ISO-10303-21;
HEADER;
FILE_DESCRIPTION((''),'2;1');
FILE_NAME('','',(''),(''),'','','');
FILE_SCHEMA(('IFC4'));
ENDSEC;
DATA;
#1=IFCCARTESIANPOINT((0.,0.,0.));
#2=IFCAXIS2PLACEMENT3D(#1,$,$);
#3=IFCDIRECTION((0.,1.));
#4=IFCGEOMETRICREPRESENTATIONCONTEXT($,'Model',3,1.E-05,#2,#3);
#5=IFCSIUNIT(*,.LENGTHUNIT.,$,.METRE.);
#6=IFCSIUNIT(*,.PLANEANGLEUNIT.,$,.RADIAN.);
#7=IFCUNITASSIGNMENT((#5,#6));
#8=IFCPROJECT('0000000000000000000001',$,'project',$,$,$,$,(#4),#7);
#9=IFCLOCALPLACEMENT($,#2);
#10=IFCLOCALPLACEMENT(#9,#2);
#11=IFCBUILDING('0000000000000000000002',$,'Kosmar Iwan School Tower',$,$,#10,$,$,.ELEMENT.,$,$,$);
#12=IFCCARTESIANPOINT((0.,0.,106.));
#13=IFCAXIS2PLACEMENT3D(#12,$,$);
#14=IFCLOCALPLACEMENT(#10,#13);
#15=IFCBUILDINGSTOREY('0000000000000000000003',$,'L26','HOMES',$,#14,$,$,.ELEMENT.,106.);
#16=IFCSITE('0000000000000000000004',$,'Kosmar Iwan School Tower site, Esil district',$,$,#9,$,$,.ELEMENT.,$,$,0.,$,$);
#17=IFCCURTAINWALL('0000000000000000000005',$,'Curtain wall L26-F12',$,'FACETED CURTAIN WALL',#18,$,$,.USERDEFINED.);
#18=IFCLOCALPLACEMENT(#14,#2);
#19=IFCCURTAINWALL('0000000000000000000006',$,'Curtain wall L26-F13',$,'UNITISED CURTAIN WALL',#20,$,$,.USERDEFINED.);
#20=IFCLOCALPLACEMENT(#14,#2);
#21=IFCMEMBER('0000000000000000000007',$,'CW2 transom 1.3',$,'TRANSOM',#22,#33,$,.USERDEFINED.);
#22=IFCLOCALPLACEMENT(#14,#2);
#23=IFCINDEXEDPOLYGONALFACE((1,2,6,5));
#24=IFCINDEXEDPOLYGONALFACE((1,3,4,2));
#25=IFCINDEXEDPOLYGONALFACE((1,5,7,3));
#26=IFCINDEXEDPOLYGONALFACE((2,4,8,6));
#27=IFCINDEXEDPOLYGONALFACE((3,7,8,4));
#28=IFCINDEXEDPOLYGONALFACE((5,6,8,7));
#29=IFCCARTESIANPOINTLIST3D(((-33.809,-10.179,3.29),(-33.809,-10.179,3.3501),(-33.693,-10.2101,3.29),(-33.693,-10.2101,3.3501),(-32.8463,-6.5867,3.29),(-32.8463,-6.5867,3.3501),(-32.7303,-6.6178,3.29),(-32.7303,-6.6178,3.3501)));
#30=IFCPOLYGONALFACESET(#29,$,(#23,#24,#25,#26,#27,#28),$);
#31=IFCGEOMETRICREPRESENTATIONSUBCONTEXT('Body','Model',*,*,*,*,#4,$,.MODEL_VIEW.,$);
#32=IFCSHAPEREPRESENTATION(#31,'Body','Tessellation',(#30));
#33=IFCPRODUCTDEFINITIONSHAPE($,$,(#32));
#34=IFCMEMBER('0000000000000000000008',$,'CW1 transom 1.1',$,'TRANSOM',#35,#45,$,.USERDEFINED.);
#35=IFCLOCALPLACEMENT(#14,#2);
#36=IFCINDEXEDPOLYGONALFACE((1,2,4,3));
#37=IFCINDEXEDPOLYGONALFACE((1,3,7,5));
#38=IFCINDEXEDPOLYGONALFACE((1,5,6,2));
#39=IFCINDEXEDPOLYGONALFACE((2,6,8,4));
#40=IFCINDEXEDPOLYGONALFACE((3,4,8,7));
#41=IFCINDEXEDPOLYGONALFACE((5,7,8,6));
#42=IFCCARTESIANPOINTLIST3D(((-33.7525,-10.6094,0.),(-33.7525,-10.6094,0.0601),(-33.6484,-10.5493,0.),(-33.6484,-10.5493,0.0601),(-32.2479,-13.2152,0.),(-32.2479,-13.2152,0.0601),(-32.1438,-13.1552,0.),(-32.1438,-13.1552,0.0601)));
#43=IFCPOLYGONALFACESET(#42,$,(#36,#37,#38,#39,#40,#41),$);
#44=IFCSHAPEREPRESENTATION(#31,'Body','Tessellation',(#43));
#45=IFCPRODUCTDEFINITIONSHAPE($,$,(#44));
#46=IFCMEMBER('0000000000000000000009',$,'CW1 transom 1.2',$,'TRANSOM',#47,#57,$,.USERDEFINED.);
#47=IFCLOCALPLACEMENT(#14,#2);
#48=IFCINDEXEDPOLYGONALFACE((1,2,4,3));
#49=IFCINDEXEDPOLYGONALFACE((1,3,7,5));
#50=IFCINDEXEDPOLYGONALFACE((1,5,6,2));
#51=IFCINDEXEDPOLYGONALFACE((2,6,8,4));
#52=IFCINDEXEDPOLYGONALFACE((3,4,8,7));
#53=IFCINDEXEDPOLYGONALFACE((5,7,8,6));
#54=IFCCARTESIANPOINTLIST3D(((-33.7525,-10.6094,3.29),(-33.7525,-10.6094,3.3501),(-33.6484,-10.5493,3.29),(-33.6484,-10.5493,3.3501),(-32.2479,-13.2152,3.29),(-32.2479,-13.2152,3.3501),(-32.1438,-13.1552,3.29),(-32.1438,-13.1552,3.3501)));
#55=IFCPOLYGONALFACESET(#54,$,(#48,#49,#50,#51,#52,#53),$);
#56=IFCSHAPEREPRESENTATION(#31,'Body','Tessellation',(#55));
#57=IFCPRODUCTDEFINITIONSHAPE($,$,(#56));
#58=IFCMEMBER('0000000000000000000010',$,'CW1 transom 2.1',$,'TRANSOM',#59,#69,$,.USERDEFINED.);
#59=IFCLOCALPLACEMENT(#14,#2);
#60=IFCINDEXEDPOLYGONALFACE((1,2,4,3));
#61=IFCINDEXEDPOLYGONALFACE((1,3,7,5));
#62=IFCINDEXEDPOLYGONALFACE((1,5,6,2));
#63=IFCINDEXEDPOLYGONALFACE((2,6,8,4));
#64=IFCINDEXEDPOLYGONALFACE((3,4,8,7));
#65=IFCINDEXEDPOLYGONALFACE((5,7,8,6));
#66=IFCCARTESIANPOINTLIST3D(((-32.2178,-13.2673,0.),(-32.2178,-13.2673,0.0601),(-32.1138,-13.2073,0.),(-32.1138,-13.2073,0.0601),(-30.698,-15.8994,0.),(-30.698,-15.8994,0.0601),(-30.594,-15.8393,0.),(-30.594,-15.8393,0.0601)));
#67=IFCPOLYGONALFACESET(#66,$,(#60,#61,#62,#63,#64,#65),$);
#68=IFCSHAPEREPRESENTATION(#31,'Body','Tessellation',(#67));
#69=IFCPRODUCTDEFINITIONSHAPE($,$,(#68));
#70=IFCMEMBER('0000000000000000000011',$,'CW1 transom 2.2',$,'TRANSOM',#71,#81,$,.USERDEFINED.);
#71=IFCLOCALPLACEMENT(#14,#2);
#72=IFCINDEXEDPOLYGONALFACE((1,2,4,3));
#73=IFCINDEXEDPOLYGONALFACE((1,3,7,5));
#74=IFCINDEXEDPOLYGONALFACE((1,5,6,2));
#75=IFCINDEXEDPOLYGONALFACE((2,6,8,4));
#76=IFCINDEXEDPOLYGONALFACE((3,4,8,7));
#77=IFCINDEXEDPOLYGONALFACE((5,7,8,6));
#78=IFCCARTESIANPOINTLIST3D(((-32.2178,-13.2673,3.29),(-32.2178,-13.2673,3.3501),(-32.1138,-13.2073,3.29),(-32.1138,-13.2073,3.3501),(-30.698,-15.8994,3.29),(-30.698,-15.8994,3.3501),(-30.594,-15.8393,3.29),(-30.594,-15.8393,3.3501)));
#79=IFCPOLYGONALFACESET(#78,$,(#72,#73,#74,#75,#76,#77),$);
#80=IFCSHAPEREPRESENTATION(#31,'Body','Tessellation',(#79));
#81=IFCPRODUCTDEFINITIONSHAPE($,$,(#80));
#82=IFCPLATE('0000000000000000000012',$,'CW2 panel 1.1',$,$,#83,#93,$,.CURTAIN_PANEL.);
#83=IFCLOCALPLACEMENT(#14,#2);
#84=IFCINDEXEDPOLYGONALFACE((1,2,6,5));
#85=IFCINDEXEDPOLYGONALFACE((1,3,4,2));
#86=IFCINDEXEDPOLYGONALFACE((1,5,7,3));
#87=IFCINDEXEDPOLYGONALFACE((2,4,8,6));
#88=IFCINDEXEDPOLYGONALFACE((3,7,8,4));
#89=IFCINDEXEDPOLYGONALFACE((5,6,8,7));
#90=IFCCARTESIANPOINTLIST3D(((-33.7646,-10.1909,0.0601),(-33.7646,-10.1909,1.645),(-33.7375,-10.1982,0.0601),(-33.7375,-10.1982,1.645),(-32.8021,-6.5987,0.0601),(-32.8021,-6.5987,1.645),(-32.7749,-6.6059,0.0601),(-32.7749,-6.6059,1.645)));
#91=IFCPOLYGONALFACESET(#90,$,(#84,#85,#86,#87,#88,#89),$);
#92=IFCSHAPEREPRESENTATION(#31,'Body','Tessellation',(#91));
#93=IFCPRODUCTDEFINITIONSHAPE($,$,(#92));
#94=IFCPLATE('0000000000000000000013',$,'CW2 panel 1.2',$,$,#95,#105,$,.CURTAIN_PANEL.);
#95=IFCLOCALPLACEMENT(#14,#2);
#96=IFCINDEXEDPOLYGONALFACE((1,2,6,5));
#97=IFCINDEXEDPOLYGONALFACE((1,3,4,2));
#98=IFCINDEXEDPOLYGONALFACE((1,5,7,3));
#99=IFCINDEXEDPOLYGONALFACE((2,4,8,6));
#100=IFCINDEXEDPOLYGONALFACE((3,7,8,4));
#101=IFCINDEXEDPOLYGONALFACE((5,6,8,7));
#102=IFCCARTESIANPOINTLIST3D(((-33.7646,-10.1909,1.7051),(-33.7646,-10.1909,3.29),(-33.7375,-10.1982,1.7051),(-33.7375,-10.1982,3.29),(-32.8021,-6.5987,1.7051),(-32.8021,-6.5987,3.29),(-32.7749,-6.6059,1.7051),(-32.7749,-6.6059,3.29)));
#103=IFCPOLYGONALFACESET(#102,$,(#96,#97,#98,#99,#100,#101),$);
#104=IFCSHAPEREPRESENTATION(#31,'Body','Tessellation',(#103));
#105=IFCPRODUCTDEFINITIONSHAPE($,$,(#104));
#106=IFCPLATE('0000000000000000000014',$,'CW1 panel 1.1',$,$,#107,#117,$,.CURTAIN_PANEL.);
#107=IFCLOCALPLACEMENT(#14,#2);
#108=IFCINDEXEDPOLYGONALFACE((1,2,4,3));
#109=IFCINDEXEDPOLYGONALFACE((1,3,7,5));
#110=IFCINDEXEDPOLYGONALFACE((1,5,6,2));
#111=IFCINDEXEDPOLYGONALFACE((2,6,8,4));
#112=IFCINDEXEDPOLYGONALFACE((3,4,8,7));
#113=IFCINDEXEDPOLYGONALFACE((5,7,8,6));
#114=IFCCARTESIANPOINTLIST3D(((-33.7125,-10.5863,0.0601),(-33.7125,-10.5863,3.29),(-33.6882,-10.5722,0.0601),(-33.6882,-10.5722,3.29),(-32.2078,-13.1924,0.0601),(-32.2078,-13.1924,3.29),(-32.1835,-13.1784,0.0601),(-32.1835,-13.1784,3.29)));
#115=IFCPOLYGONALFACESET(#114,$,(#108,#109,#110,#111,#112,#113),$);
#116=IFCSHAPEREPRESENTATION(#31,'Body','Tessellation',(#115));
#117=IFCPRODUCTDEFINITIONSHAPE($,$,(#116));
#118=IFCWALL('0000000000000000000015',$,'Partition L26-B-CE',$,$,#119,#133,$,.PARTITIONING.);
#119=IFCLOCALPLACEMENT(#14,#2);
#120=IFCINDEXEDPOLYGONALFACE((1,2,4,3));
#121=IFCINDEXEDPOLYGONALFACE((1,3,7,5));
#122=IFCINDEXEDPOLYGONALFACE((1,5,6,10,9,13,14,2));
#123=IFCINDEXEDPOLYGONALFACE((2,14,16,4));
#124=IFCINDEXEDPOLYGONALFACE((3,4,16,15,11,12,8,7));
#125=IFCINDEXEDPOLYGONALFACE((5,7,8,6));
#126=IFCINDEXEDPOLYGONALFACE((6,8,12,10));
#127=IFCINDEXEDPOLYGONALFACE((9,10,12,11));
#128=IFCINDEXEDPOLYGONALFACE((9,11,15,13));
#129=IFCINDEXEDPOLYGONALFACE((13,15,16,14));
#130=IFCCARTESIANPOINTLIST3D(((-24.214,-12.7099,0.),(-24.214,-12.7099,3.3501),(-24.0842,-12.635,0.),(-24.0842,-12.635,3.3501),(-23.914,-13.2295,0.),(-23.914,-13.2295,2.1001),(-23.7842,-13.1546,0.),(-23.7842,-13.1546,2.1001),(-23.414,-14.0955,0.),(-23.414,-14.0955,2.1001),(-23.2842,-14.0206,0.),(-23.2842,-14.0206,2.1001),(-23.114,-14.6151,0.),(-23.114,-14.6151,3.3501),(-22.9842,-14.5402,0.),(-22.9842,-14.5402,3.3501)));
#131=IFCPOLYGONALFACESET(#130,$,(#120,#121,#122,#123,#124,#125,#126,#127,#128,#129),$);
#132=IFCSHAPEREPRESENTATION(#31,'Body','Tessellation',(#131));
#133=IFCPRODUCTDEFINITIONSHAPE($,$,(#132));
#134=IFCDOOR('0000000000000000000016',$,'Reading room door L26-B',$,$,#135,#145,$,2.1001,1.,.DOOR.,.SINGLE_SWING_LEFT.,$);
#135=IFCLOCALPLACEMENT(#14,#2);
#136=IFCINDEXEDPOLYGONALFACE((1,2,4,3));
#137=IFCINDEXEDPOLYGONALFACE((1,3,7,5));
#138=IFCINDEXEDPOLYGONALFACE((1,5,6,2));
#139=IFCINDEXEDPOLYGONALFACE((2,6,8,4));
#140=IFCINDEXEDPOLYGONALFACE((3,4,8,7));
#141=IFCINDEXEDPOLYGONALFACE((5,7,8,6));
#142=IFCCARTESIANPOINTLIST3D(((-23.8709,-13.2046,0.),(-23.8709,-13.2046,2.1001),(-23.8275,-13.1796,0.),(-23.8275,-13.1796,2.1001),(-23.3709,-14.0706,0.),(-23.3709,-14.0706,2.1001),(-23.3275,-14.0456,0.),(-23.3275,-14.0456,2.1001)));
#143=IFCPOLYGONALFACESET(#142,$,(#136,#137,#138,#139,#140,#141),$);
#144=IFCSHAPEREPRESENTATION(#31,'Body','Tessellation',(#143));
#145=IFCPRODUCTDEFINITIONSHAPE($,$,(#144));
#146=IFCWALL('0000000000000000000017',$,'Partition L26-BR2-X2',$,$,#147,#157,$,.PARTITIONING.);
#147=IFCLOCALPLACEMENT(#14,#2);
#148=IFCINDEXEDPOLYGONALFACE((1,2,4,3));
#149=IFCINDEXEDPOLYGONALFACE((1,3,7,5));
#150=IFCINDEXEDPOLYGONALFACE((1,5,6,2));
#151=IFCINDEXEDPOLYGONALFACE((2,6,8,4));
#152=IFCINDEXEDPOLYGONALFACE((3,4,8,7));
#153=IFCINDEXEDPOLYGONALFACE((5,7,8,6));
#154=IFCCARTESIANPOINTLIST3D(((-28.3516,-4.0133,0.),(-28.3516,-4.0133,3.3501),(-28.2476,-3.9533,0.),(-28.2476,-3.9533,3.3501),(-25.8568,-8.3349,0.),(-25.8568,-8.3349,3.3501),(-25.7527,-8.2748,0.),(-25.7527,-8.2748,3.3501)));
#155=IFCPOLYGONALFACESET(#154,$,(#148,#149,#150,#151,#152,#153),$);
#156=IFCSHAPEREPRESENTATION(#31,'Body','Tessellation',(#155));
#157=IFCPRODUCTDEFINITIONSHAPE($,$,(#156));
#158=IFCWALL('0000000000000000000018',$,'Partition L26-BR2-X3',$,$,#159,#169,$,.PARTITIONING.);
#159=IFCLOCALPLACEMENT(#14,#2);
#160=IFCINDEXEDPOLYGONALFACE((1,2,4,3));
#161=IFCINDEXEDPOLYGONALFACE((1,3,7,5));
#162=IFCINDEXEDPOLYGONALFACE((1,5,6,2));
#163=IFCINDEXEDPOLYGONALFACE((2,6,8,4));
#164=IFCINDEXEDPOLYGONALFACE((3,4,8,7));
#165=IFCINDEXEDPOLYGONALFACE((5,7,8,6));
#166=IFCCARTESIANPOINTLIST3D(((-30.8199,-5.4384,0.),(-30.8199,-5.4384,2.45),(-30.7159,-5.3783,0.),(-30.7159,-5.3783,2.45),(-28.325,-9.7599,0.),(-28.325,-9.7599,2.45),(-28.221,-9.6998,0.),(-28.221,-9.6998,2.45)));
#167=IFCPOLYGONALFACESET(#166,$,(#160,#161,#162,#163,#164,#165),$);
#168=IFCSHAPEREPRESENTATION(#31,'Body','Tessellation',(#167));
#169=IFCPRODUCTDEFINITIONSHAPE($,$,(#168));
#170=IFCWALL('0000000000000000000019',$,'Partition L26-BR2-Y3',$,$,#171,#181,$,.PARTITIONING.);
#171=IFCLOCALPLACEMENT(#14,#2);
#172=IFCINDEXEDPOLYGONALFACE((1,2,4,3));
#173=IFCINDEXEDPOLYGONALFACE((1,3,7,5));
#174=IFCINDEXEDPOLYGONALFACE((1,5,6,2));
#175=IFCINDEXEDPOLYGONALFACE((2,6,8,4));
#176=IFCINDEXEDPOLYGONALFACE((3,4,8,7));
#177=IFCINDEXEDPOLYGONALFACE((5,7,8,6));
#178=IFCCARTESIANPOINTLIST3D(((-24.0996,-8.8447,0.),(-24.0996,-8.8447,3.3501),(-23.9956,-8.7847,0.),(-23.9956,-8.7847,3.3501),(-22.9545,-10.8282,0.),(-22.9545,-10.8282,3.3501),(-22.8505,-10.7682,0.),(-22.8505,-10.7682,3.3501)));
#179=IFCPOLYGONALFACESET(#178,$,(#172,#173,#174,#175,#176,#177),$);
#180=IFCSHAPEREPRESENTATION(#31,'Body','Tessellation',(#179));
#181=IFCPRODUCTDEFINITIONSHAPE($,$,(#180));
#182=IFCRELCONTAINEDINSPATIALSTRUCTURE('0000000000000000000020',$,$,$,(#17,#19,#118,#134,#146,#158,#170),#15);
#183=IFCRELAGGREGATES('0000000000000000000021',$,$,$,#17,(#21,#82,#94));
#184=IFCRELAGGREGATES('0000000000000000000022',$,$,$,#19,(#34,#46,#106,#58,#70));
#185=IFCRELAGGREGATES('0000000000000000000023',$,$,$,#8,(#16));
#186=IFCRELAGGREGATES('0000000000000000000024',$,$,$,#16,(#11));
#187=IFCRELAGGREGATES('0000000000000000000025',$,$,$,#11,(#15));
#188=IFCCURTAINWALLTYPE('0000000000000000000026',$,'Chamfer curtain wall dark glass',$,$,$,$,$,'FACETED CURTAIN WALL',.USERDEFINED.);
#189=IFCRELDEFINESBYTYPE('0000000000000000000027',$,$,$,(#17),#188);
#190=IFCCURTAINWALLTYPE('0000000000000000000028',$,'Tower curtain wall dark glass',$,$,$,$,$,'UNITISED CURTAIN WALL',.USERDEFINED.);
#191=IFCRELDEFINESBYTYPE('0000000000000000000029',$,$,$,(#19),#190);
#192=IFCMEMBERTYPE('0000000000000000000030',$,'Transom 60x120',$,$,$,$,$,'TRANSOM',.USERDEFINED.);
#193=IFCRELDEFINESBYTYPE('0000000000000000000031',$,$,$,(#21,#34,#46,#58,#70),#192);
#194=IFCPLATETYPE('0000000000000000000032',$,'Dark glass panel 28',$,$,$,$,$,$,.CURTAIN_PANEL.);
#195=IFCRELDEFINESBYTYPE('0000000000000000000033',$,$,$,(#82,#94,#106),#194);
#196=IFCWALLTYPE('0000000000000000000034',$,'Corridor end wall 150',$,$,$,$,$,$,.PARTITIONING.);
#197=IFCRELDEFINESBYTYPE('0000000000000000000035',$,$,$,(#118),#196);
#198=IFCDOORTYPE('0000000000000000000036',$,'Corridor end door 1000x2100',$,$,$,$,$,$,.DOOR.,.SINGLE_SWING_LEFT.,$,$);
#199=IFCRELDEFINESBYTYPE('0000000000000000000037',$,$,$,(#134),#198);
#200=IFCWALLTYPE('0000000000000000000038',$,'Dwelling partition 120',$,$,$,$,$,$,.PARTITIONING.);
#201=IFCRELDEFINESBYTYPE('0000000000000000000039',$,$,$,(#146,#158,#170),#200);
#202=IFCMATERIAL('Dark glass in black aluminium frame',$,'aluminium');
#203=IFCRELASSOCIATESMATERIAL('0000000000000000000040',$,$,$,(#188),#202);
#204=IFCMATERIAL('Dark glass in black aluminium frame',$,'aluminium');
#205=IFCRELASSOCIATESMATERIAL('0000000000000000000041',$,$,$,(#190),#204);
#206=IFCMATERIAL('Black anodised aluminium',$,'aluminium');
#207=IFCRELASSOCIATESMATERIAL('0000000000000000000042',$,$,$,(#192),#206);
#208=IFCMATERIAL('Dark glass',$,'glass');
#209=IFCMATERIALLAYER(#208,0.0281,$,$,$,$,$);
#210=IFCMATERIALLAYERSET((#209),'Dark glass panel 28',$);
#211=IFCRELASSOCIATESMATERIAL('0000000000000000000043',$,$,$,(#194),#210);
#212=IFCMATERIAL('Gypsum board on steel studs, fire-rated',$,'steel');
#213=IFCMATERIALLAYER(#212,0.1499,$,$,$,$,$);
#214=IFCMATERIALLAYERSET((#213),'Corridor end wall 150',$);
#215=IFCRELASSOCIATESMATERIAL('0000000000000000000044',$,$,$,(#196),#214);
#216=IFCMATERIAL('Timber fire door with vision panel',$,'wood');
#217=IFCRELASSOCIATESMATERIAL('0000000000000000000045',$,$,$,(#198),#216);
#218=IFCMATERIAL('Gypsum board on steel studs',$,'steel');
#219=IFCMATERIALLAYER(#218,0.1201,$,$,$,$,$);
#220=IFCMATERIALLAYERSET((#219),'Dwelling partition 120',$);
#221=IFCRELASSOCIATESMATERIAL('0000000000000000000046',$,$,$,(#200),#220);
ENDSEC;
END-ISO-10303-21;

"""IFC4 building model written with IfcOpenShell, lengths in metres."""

from ifc_helpers import new_model, si_unit, direction, frame, frame_2d, origin, origin_2d, place, context, subcontext, project, spatial, rectangle, extrude, material, layer, layer_set, material_profile, profile_set, type_object, element, fill, aggregate, save


model = new_model("IFC4")

# Units and contexts
model_context = context("Model", 3, precision=1e-05, world=origin(), true_north=direction((0.0, 1.0)))
body_context = subcontext(model_context, "Body", "Model", "MODEL_VIEW")
ifc_project = project(units=[si_unit("LENGTHUNIT", "METRE"), si_unit("PLANEANGLEUNIT", "RADIAN")], contexts=[model_context])

# Site, building, storey
site_placement = place(None, origin())
site = spatial("IfcSite", under=ifc_project, at=site_placement, Name="Kosmar Iwan School Tower site, Esil district", CompositionType="ELEMENT", RefElevation=0.0)
building_placement = place(site_placement, origin())
building = spatial("IfcBuilding", under=site, at=building_placement, Name="Kosmar Iwan School Tower", CompositionType="ELEMENT")
storey_placement = place(building_placement, frame((0.0, 0.0, 106.0)))
storey = spatial("IfcBuildingStorey", under=building, at=storey_placement, Name="L26", Description="HOMES", CompositionType="ELEMENT", Elevation=106.0)

# Curtain walls
ifc_material_1 = material(Name="Dark glass in black aluminium frame", Category="aluminium")
curtain_wall_type_1 = type_object("IfcCurtainWallType", Name="Chamfer curtain wall dark glass", ElementType="FACETED CURTAIN WALL", PredefinedType="USERDEFINED", material=ifc_material_1)
curtain_wall_1_placement = place(storey_placement, origin())
curtain_wall_1 = element("IfcCurtainWall", 1, at=curtain_wall_1_placement, inside=storey, type_object=curtain_wall_type_1, Name="Curtain wall L26-F12", ObjectType="FACETED CURTAIN WALL", PredefinedType="USERDEFINED")
ifc_material_2 = material(Name="Dark glass in black aluminium frame", Category="aluminium")
curtain_wall_type_2 = type_object("IfcCurtainWallType", Name="Tower curtain wall dark glass", ElementType="UNITISED CURTAIN WALL", PredefinedType="USERDEFINED", material=ifc_material_2)
curtain_wall_2_placement = place(storey_placement, origin())
curtain_wall_2 = element("IfcCurtainWall", 2, at=curtain_wall_2_placement, inside=storey, type_object=curtain_wall_type_2, Name="Curtain wall L26-F13", ObjectType="UNITISED CURTAIN WALL", PredefinedType="USERDEFINED")

# Members
ifc_material_3 = material(Name="Black anodised aluminium", Category="aluminium")
ifc_material_profile_1 = material_profile(ifc_material_3, rectangle(XDim=0.1201, YDim=0.0601, at=origin_2d()), Name="TRANSOM 60x120")
ifc_profile_set_1 = profile_set([ifc_material_profile_1], Name="Black anodised aluminium")
member_type_1 = type_object("IfcMemberType", Name="Transom 60x120", ElementType="TRANSOM", PredefinedType="USERDEFINED", material=ifc_profile_set_1)
member_1_placement = place(storey_placement, frame((-32.7883, -6.6023, 3.3201), z_axis=(-0.258843, -0.965919, 0.0), x_axis=(0.965919, -0.258843, 0.0)))
member_1 = element("IfcMember", 3, at=member_1_placement, type_object=member_type_1, Name="CW2 transom 1.3", ObjectType="TRANSOM", PredefinedType="USERDEFINED", context=body_context, shape_type="SweptSolid", body=[
    extrude(rectangle(XDim=0.1201, YDim=0.0601, at=origin_2d()), origin(), (0.0, 0.0, 1.0), 3.719),
])
member_2_placement = place(storey_placement, frame((-33.7004, -10.5793, 0.03), z_axis=(0.500022, -0.866013, 0.0), x_axis=(0.866013, 0.500022, 0.0)))
member_2 = element("IfcMember", 4, at=member_2_placement, type_object=member_type_1, Name="CW1 transom 1.1", ObjectType="TRANSOM", PredefinedType="USERDEFINED", context=body_context, shape_type="SweptSolid", body=[
    extrude(rectangle(XDim=0.1201, YDim=0.0601, at=origin_2d()), origin(), (0.0, 0.0, 1.0), 3.009),
])
member_3_placement = place(storey_placement, frame((-33.7004, -10.5793, 3.3201), z_axis=(0.500022, -0.866013, 0.0), x_axis=(0.866013, 0.500022, 0.0)))
member_3 = element("IfcMember", 5, at=member_3_placement, type_object=member_type_1, Name="CW1 transom 1.2", ObjectType="TRANSOM", PredefinedType="USERDEFINED", context=body_context, shape_type="SweptSolid", body=[
    extrude(rectangle(XDim=0.1201, YDim=0.0601, at=origin_2d()), origin(), (0.0, 0.0, 1.0), 3.009),
])
member_4_placement = place(storey_placement, frame((-32.1658, -13.2373, 0.03), z_axis=(0.500035, -0.866005, 0.0), x_axis=(0.866005, 0.500035, 0.0)))
member_4 = element("IfcMember", 6, at=member_4_placement, type_object=member_type_1, Name="CW1 transom 2.1", ObjectType="TRANSOM", PredefinedType="USERDEFINED", context=body_context, shape_type="SweptSolid", body=[
    extrude(rectangle(XDim=0.1201, YDim=0.0601, at=origin_2d()), origin(), (0.0, 0.0, 1.0), 3.0393),
])
member_5_placement = place(storey_placement, frame((-32.1658, -13.2373, 3.3201), z_axis=(0.500035, -0.866005, 0.0), x_axis=(0.866005, 0.500035, 0.0)))
member_5 = element("IfcMember", 7, at=member_5_placement, type_object=member_type_1, Name="CW1 transom 2.2", ObjectType="TRANSOM", PredefinedType="USERDEFINED", context=body_context, shape_type="SweptSolid", body=[
    extrude(rectangle(XDim=0.1201, YDim=0.0601, at=origin_2d()), origin(), (0.0, 0.0, 1.0), 3.0393),
])

# Plates
ifc_material_4 = material(Name="Dark glass", Category="glass")
ifc_layer_1 = layer(ifc_material_4, 0.0281)
ifc_layer_set_1 = layer_set([ifc_layer_1], Name="Dark glass panel 28")
plate_type = type_object("IfcPlateType", Name="Dark glass panel 28", PredefinedType="CURTAIN_PANEL", material=ifc_layer_set_1)
plate_1_placement = place(storey_placement, frame((-33.2698, -8.3984, 0.0601), z_axis=(0.0, 0.0, 1.0), x_axis=(-0.258819, -0.965926, 0.0)))
plate_1 = element("IfcPlate", 8, at=plate_1_placement, type_object=plate_type, Name="CW2 panel 1.1", PredefinedType="CURTAIN_PANEL", context=body_context, shape_type="SweptSolid", body=[
    extrude(rectangle(XDim=3.719, YDim=0.0281, at=origin_2d()), origin(), (0.0, 0.0, 1.0), 1.585),
])
plate_2_placement = place(storey_placement, frame((-33.2698, -8.3984, 1.7051), z_axis=(0.0, 0.0, 1.0), x_axis=(-0.258819, -0.965926, 0.0)))
plate_2 = element("IfcPlate", 9, at=plate_2_placement, type_object=plate_type, Name="CW2 panel 1.2", PredefinedType="CURTAIN_PANEL", context=body_context, shape_type="SweptSolid", body=[
    extrude(rectangle(XDim=3.719, YDim=0.0281, at=origin_2d()), origin(), (0.0, 0.0, 1.0), 1.585),
])
aggregate(curtain_wall_1, [member_1, plate_1, plate_2])
plate_3_placement = place(storey_placement, frame((-32.948, -11.8823, 0.0601), z_axis=(0.0, 0.0, 1.0), x_axis=(0.5, -0.866025, 0.0)))
plate_3 = element("IfcPlate", 10, at=plate_3_placement, type_object=plate_type, Name="CW1 panel 1.1", PredefinedType="CURTAIN_PANEL", context=body_context, shape_type="SweptSolid", body=[
    extrude(rectangle(XDim=3.0093, YDim=0.0281, at=origin_2d()), origin(), (0.0, 0.0, 1.0), 3.23),
])
aggregate(curtain_wall_2, [member_2, member_3, plate_3, member_4, member_5])

# Wall, opening, door
ifc_material_5 = material(Name="Gypsum board on steel studs, fire-rated", Category="steel")
ifc_layer_2 = layer(ifc_material_5, 0.1499)
ifc_layer_set_2 = layer_set([ifc_layer_2], Name="Corridor end wall 150")
wall_type_1 = type_object("IfcWallType", Name="Corridor end wall 150", PredefinedType="PARTITIONING", material=ifc_layer_set_2)
wall_1_placement = place(storey_placement, frame((-24.1492, -12.6724, 0.0), z_axis=(0.0, 0.0, 1.0), x_axis=(0.50003, -0.866008, 0.0)))
wall_1 = element("IfcWall", 11, at=wall_1_placement, inside=storey, type_object=wall_type_1, Name="Partition L26-B-CE", PredefinedType="PARTITIONING", context=body_context, shape_type="SweptSolid", body=[
    extrude(rectangle(XDim=2.2, YDim=0.1499, at=frame_2d((1.1001, 0.0))), origin(), (0.0, 0.0, 1.0), 3.3501),
])
opening_placement = place(wall_1_placement, frame((0.6001, 0.0, 0.0)))
opening = element("IfcOpeningElement", 12, at=opening_placement, cuts=wall_1, PredefinedType="OPENING", context=body_context, shape_type="SweptSolid", body=[
    extrude(rectangle(XDim=1.0, YDim=2.1001, at=frame_2d((0.5, 1.05))), frame((0.0, 0.0869, 0.0), z_axis=(0.0, -1.0, 0.0), x_axis=(1.0, 0.0, 0.0)), (0.0, 0.0, 1.0), 0.1738),
])
ifc_material_6 = material(Name="Timber fire door with vision panel", Category="wood")
door_type = type_object("IfcDoorType", Name="Corridor end door 1000x2100", OperationType="SINGLE_SWING_LEFT", PredefinedType="DOOR", material=ifc_material_6)
door_placement = place(opening_placement, origin())
door = element("IfcDoor", 13, at=door_placement, inside=storey, type_object=door_type, Name="Reading room door L26-B", OperationType="SINGLE_SWING_LEFT", OverallHeight=2.1001, OverallWidth=1.0, PredefinedType="DOOR", context=body_context, shape_type="SweptSolid", body=[
    extrude(rectangle(XDim=1.0, YDim=2.1001, at=frame_2d((0.5, 1.05))), frame((0.0, 0.0249, 0.0), z_axis=(0.0, -1.0, 0.0), x_axis=(1.0, 0.0, 0.0)), (0.0, 0.0, 1.0), 0.05),
])
fill(opening, door)

# Walls
ifc_material_7 = material(Name="Gypsum board on steel studs", Category="steel")
ifc_layer_3 = layer(ifc_material_7, 0.1201)
ifc_layer_set_3 = layer_set([ifc_layer_3], Name="Dwelling partition 120")
wall_type_2 = type_object("IfcWallType", Name="Dwelling partition 120", PredefinedType="PARTITIONING", material=ifc_layer_set_3)
wall_2_placement = place(storey_placement, frame((-25.8047, -8.3049, 0.0), z_axis=(0.0, 0.0, 1.0), x_axis=(-0.499975, 0.86604, 0.0)))
element("IfcWall", 14, at=wall_2_placement, inside=storey, type_object=wall_type_2, Name="Partition L26-BR2-X2", PredefinedType="PARTITIONING", context=body_context, shape_type="SweptSolid", body=[
    extrude(rectangle(XDim=4.99, YDim=0.1201, at=frame_2d((2.4951, 0.0))), origin(), (0.0, 0.0, 1.0), 3.3501),
])
wall_3_placement = place(storey_placement, frame((-28.2729, -9.73, 0.0), z_axis=(0.0, 0.0, 1.0), x_axis=(-0.499975, 0.86604, 0.0)))
element("IfcWall", 15, at=wall_3_placement, inside=storey, type_object=wall_type_2, Name="Partition L26-BR2-X3", PredefinedType="PARTITIONING", context=body_context, shape_type="SweptSolid", body=[
    extrude(rectangle(XDim=4.99, YDim=0.1201, at=frame_2d((2.4951, 0.0))), origin(), (0.0, 0.0, 1.0), 2.45),
])
wall_4_placement = place(storey_placement, frame((-22.9026, -10.7981, 0.0), z_axis=(0.0, 0.0, 1.0), x_axis=(-0.499969, 0.866044, 0.0)))
element("IfcWall", 16, at=wall_4_placement, inside=storey, type_object=wall_type_2, Name="Partition L26-BR2-Y3", PredefinedType="PARTITIONING", context=body_context, shape_type="SweptSolid", body=[
    extrude(rectangle(XDim=2.2903, YDim=0.1201, at=frame_2d((1.145, 0.0))), origin(), (0.0, 0.0, 1.0), 3.3501),
])

save(model, "model.ifc")
